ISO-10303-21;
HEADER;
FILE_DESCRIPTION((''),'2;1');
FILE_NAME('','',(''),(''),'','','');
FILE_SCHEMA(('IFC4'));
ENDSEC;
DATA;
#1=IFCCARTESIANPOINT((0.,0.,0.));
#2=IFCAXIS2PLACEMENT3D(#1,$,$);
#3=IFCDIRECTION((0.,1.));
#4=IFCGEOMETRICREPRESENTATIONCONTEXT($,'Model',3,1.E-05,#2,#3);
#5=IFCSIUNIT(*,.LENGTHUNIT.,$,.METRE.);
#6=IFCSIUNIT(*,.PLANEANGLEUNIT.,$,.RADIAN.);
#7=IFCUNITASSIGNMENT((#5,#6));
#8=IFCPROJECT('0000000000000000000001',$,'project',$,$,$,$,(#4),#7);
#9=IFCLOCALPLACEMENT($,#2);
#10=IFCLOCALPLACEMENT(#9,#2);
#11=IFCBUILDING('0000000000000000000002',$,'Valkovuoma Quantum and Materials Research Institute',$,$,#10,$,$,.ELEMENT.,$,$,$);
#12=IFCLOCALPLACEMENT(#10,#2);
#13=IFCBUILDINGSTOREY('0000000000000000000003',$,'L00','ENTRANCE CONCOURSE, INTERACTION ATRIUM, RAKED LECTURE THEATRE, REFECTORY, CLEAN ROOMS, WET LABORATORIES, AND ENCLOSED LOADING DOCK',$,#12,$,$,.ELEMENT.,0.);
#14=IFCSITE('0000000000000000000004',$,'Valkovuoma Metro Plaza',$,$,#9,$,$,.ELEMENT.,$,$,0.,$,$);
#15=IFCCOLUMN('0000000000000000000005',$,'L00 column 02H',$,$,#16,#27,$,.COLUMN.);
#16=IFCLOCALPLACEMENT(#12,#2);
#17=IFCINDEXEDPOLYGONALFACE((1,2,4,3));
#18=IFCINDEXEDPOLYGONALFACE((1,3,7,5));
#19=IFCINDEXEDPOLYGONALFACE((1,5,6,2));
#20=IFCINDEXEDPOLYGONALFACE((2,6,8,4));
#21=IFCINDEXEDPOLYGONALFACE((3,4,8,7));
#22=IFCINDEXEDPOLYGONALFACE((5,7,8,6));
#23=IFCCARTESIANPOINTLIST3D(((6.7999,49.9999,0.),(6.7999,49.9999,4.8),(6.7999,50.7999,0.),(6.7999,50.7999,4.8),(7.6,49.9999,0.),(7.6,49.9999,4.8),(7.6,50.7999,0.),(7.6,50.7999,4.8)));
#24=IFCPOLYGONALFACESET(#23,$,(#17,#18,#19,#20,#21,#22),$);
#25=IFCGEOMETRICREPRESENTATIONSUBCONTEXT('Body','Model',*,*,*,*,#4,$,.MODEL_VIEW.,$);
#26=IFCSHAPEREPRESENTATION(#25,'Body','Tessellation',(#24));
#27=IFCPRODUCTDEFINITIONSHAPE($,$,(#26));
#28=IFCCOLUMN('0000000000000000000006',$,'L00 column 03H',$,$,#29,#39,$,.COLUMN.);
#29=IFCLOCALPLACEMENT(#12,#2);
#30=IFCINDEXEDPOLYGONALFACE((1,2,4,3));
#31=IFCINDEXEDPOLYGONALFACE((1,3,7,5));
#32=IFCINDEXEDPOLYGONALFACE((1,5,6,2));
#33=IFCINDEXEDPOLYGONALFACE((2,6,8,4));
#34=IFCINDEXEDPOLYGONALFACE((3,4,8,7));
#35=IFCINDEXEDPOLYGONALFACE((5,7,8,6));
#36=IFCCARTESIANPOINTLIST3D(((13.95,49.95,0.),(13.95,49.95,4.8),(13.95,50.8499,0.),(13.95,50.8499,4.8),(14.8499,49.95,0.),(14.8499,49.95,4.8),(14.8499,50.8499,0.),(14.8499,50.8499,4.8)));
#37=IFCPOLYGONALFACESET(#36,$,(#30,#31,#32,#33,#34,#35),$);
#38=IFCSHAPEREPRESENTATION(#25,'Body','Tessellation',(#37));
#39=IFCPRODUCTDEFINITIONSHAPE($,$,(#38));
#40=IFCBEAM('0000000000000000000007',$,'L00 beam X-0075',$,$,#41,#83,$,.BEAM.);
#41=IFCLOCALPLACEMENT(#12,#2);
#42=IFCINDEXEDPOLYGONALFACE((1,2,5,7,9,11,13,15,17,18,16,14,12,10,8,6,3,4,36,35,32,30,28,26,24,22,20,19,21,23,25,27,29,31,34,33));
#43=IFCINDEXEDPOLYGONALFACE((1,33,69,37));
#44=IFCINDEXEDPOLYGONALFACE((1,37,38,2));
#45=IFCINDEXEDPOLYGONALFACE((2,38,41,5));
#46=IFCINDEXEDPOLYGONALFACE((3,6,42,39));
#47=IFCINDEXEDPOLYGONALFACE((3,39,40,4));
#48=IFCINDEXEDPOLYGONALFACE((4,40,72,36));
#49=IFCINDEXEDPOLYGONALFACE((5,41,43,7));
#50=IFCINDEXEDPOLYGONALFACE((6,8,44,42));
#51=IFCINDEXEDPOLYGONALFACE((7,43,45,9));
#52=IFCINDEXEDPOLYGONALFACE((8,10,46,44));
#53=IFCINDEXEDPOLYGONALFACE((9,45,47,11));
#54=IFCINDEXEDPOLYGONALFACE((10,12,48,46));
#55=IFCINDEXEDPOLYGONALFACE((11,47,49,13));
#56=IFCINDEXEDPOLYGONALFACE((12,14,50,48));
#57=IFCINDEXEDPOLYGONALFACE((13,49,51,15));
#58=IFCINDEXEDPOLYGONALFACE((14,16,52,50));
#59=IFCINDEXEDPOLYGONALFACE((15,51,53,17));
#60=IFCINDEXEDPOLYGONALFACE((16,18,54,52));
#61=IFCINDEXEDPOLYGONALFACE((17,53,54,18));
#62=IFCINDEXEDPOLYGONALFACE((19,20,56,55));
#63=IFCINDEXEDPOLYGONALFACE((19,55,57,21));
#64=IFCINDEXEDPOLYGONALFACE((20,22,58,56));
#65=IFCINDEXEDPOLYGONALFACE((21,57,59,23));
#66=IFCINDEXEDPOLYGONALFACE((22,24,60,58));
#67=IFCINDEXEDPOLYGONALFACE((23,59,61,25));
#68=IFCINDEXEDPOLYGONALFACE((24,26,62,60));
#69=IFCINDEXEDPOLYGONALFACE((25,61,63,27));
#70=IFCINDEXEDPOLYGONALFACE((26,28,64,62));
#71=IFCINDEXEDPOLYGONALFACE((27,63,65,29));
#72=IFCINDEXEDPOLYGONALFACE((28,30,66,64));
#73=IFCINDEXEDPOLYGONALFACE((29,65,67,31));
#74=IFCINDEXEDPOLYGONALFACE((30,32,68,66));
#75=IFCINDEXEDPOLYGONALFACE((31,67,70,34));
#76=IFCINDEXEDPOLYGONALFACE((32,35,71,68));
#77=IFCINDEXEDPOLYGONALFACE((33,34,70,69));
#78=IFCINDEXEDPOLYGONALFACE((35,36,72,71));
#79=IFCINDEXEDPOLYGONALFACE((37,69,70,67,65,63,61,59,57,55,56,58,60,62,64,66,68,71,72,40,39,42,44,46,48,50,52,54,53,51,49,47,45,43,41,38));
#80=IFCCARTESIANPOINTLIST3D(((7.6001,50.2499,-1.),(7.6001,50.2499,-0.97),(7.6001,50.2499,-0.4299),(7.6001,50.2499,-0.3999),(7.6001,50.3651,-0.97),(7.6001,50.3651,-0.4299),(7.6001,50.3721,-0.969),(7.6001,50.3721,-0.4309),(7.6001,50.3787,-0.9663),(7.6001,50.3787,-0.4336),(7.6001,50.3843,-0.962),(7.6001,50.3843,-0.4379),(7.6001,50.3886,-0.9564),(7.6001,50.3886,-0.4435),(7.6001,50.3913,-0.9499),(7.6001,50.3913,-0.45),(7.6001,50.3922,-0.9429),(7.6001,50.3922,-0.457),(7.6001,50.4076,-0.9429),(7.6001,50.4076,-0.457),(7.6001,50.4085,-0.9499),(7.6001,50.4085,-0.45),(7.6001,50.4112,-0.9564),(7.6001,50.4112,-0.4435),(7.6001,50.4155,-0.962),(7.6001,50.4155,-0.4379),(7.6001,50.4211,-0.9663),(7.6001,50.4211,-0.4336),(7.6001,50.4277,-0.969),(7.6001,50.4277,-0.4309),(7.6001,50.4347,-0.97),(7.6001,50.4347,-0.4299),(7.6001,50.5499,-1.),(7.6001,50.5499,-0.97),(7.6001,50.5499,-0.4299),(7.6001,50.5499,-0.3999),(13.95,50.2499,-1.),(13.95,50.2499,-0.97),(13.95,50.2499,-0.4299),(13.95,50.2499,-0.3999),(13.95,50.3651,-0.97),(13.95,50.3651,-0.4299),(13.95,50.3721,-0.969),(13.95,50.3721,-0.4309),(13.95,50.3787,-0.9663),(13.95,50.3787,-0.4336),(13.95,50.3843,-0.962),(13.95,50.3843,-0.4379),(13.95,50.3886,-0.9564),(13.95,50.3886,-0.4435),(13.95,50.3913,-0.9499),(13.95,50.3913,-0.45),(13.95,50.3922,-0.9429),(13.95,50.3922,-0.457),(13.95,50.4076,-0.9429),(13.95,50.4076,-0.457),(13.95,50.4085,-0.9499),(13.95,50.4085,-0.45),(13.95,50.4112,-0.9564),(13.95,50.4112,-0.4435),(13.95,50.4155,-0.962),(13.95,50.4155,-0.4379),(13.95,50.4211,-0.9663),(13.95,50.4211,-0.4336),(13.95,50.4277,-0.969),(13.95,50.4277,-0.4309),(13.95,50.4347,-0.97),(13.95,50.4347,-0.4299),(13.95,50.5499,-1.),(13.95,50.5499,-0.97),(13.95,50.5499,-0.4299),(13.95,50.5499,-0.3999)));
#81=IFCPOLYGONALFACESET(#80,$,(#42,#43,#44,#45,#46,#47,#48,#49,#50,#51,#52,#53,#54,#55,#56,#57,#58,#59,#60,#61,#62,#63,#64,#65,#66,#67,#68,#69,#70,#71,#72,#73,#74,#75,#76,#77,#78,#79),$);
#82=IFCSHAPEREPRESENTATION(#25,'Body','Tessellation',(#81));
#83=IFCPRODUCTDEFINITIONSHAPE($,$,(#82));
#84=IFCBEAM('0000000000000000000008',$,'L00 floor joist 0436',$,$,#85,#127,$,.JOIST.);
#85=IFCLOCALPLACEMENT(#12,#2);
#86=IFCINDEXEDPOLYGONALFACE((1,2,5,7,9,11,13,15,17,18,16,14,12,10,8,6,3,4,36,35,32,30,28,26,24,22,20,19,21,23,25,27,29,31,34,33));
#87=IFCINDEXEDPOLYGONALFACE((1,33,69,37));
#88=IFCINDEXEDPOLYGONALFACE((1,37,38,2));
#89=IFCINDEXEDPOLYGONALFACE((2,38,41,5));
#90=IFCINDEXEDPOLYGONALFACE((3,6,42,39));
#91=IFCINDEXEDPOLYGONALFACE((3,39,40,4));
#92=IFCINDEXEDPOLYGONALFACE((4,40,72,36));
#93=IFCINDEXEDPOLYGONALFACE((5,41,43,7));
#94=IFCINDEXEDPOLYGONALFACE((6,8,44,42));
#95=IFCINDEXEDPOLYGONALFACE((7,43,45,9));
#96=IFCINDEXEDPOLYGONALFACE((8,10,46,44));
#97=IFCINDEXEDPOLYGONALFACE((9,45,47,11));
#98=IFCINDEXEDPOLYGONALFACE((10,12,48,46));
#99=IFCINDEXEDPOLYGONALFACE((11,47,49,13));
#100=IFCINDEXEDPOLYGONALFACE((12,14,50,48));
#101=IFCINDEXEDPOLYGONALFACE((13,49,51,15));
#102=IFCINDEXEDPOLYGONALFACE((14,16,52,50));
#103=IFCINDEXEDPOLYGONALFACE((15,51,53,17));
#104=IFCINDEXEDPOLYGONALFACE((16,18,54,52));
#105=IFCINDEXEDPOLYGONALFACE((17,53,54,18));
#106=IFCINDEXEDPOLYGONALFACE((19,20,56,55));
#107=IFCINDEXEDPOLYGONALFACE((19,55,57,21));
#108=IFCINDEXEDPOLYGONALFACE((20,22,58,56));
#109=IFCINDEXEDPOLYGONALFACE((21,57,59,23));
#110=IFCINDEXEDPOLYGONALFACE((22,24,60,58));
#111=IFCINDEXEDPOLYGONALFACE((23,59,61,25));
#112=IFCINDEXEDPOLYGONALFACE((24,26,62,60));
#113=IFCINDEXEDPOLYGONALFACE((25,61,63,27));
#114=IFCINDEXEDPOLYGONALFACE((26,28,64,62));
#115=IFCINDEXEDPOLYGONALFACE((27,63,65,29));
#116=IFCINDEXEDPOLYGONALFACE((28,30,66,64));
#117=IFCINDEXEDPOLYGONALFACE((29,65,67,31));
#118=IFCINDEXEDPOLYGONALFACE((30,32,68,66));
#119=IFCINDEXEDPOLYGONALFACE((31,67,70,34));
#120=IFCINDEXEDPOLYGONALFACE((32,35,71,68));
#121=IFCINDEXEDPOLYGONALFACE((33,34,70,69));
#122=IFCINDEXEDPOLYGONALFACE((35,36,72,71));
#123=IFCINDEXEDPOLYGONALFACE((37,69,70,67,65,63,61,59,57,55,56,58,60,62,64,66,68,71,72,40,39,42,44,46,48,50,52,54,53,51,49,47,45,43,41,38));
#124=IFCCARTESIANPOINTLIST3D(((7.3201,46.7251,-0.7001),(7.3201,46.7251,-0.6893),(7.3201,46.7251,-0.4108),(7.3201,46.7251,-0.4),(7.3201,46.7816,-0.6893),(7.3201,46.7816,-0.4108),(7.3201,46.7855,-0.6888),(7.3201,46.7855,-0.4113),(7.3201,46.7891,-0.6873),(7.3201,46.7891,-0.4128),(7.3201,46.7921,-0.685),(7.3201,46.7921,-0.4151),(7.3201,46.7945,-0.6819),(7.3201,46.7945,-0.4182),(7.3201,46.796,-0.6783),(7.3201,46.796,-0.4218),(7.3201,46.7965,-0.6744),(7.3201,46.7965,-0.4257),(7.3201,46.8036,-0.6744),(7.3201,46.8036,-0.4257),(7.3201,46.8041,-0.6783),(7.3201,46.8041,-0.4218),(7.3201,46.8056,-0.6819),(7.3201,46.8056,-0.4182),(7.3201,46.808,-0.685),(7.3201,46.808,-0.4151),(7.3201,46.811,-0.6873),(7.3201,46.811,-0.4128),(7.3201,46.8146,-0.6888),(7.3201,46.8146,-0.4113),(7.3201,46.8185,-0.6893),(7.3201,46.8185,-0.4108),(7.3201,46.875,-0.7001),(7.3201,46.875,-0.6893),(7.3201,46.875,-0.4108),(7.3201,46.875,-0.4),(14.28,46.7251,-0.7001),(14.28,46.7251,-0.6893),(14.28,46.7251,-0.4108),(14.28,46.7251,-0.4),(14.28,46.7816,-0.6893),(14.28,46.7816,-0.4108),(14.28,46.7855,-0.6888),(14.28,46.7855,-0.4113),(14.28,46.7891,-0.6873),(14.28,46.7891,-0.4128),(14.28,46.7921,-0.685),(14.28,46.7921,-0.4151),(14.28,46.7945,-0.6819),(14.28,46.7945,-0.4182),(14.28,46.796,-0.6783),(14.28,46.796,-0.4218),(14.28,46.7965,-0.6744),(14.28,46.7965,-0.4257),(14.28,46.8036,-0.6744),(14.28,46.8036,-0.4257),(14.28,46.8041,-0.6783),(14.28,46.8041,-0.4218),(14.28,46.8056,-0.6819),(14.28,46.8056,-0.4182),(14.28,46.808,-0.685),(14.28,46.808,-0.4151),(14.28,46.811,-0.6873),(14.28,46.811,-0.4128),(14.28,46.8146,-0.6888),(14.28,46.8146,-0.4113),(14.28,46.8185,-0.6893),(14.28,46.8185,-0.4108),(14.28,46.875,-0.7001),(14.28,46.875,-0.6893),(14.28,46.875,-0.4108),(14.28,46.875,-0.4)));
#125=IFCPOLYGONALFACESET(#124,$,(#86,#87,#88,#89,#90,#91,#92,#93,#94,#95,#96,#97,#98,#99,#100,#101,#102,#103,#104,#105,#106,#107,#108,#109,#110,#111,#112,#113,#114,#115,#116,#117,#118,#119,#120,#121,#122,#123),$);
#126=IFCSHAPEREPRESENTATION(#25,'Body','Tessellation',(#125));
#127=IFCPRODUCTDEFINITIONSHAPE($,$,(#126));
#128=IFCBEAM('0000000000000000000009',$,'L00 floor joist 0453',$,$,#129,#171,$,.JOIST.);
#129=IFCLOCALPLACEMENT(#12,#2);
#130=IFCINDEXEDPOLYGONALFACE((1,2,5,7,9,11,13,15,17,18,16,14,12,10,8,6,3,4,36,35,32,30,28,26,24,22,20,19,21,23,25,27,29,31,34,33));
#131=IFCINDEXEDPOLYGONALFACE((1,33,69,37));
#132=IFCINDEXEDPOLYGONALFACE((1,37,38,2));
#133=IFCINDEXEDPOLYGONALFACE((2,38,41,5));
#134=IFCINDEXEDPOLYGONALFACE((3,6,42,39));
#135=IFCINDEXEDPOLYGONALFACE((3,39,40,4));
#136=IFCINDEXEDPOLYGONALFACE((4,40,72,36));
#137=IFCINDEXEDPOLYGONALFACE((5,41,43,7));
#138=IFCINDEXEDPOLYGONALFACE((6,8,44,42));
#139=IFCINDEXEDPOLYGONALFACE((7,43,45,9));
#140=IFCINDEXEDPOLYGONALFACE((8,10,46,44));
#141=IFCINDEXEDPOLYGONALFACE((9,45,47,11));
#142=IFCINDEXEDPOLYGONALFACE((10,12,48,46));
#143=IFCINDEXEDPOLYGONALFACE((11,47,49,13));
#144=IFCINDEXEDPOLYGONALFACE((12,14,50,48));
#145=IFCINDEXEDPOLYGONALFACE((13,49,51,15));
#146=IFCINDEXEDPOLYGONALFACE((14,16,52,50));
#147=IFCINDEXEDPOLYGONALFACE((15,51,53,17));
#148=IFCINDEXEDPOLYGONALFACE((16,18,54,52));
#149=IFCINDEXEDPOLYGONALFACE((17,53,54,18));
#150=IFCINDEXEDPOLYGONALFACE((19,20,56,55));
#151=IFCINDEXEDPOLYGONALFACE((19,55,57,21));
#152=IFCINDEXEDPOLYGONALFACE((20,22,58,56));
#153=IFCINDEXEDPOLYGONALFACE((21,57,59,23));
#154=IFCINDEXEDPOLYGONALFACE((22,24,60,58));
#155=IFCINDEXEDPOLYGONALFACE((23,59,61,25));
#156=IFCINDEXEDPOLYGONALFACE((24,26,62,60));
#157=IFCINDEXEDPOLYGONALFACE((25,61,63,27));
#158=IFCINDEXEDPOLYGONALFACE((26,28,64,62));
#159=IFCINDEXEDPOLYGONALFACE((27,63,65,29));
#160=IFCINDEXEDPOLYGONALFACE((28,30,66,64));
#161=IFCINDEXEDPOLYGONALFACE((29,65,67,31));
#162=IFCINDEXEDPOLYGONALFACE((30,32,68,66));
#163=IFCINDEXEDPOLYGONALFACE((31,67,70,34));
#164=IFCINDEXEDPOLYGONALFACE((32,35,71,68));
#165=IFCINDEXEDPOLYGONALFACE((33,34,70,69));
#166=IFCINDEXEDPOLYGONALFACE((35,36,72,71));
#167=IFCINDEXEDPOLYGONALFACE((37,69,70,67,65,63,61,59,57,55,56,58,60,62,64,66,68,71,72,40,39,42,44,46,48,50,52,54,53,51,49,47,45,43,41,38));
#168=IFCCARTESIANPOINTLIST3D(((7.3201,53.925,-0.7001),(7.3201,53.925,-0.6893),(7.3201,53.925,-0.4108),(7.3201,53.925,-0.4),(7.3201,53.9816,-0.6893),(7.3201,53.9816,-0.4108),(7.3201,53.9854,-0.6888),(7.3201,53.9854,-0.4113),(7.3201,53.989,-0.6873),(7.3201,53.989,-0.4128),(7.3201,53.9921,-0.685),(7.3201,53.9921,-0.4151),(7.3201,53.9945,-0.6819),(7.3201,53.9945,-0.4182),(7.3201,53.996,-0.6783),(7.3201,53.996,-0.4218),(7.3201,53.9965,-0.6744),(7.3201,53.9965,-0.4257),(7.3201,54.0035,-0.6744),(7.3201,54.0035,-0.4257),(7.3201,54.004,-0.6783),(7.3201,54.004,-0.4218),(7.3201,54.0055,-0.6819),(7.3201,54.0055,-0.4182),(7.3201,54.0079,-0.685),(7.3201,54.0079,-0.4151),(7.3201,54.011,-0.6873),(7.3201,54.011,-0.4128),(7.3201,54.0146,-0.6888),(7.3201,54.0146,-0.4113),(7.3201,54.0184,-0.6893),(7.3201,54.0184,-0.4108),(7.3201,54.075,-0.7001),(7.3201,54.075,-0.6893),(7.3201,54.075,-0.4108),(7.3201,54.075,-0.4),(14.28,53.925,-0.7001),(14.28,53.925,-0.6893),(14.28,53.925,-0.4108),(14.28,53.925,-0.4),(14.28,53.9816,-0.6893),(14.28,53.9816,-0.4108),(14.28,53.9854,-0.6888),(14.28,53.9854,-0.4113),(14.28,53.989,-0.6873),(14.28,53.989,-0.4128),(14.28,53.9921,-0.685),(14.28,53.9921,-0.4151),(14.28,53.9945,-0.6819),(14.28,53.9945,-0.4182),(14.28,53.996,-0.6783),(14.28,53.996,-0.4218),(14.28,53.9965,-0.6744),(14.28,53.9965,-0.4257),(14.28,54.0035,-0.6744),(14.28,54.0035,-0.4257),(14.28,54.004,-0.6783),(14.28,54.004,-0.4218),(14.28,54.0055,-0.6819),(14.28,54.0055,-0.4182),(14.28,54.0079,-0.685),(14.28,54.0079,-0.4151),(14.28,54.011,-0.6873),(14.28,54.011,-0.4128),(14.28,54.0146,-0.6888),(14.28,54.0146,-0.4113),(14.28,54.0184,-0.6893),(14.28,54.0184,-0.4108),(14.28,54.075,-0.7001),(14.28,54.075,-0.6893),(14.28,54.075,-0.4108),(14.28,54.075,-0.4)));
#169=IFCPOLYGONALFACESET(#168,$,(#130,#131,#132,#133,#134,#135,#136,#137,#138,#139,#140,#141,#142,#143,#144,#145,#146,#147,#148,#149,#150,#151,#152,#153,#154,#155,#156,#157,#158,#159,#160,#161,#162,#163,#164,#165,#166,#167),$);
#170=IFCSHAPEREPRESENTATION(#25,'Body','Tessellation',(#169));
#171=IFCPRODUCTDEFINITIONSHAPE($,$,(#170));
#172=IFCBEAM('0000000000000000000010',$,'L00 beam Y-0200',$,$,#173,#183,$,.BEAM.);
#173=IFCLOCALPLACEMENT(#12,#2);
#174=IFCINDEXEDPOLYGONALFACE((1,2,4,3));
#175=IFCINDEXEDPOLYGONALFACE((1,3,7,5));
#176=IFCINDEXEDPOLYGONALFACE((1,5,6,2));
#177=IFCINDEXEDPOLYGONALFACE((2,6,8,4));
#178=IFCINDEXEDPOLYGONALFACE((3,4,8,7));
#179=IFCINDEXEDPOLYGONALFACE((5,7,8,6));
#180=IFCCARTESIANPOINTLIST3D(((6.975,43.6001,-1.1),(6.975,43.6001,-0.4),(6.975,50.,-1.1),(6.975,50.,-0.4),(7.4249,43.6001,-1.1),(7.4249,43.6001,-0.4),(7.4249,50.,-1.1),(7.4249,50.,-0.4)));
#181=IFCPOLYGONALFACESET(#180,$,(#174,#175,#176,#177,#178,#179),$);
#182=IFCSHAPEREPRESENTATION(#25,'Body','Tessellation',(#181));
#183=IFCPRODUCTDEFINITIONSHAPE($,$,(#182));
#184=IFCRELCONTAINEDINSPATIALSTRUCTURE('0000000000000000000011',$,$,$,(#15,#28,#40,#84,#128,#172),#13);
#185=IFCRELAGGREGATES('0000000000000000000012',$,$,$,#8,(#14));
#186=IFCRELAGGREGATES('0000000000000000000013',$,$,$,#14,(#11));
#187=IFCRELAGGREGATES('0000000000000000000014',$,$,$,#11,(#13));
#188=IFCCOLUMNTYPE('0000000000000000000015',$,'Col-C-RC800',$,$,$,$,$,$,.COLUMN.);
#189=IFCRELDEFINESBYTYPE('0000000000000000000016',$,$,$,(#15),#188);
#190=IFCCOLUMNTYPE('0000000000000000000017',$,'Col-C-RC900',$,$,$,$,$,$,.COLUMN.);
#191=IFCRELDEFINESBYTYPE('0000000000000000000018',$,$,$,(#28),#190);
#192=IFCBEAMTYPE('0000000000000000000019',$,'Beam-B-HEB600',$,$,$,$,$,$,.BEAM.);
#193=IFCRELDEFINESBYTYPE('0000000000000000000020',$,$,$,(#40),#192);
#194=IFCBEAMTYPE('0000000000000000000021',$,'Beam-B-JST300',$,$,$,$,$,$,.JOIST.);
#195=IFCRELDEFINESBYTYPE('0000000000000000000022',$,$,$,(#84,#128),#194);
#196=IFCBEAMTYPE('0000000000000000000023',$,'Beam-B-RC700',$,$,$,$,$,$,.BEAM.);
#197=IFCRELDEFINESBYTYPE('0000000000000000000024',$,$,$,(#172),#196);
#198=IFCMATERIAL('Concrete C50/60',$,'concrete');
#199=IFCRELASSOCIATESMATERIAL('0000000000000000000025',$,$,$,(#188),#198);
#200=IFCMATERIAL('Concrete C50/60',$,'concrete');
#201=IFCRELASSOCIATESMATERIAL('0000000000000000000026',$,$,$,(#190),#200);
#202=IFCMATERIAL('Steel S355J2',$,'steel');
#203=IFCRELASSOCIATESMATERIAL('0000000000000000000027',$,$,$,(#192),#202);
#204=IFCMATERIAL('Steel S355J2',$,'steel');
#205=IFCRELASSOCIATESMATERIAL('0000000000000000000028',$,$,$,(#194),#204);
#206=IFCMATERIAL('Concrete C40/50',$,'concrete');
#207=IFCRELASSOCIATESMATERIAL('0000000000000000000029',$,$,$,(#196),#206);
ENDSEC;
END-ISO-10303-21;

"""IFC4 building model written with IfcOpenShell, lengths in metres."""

from ifc_helpers import new_model, si_unit, direction, frame, origin, origin_2d, place, context, subcontext, project, spatial, rectangle, i_section, extrude, material, material_profile, profile_set, type_object, element, save


model = new_model("IFC4")

# Units and contexts
model_context = context("Model", 3, precision=1e-05, world=origin(), true_north=direction((0.0, 1.0)))
body_context = subcontext(model_context, "Body", "Model", "MODEL_VIEW")
ifc_project = project(units=[si_unit("LENGTHUNIT", "METRE"), si_unit("PLANEANGLEUNIT", "RADIAN")], contexts=[model_context])

# Site, building, storey
site_placement = place(None, origin())
site = spatial("IfcSite", under=ifc_project, at=site_placement, Name="Valkovuoma Metro Plaza", CompositionType="ELEMENT", RefElevation=0.0)
building_placement = place(site_placement, origin())
building = spatial("IfcBuilding", under=site, at=building_placement, Name="Valkovuoma Quantum and Materials Research Institute", CompositionType="ELEMENT")
storey_placement = place(building_placement, origin())
storey = spatial("IfcBuildingStorey", under=building, at=storey_placement, Name="L00", Description="ENTRANCE CONCOURSE, INTERACTION ATRIUM, RAKED LECTURE THEATRE, REFECTORY, CLEAN ROOMS, WET LABORATORIES, AND ENCLOSED LOADING DOCK", CompositionType="ELEMENT", Elevation=0.0)

# Columns
ifc_material_1 = material(Name="Concrete C50/60", Category="concrete")
ifc_material_profile_1 = material_profile(ifc_material_1, rectangle(XDim=0.8, YDim=0.8, at=origin_2d()), Name="Concrete C50/60")
ifc_profile_set_1 = profile_set([ifc_material_profile_1], Name="Concrete C50/60")
column_type_1 = type_object("IfcColumnType", Name="Col-C-RC800", PredefinedType="COLUMN", material=ifc_profile_set_1)
column_1_placement = place(storey_placement, frame((7.2, 50.3999, 0.0), z_axis=(0.0, 0.0, 1.0), x_axis=(1.0, 0.0, 0.0)))
element("IfcColumn", 1, at=column_1_placement, inside=storey, type_object=column_type_1, Name="L00 column 02H", PredefinedType="COLUMN", context=body_context, shape_type="SweptSolid", body=[
    extrude(rectangle(XDim=0.8, YDim=0.8, at=origin_2d()), origin(), (0.0, 0.0, 1.0), 4.8),
])
ifc_material_2 = material(Name="Concrete C50/60", Category="concrete")
ifc_material_profile_2 = material_profile(ifc_material_2, rectangle(XDim=0.8999, YDim=0.8999, at=origin_2d()), Name="Concrete C50/60")
ifc_profile_set_2 = profile_set([ifc_material_profile_2], Name="Concrete C50/60")
column_type_2 = type_object("IfcColumnType", Name="Col-C-RC900", PredefinedType="COLUMN", material=ifc_profile_set_2)
column_2_placement = place(storey_placement, frame((14.3999, 50.3999, 0.0), z_axis=(0.0, 0.0, 1.0), x_axis=(1.0, 0.0, 0.0)))
element("IfcColumn", 2, at=column_2_placement, inside=storey, type_object=column_type_2, Name="L00 column 03H", PredefinedType="COLUMN", context=body_context, shape_type="SweptSolid", body=[
    extrude(rectangle(XDim=0.8999, YDim=0.8999, at=origin_2d()), origin(), (0.0, 0.0, 1.0), 4.8),
])

# Beams
ifc_material_3 = material(Name="Steel S355J2", Category="steel")
ifc_material_profile_3 = material_profile(ifc_material_3, i_section(OverallWidth=0.3, OverallDepth=0.6001, WebThickness=0.0154, FlangeThickness=0.03, FilletRadius=0.0271, at=origin_2d()), Name="Steel S355J2")
ifc_profile_set_3 = profile_set([ifc_material_profile_3], Name="Steel S355J2")
beam_type_1 = type_object("IfcBeamType", Name="Beam-B-HEB600", PredefinedType="BEAM", material=ifc_profile_set_3)
beam_1_placement = place(storey_placement, frame((7.6001, 50.3999, -0.7), z_axis=(1.0, 0.0, 0.0), x_axis=(0.0, 1.0, 0.0)))
element("IfcBeam", 3, at=beam_1_placement, inside=storey, type_object=beam_type_1, Name="L00 beam X-0075", PredefinedType="BEAM", context=body_context, shape_type="SweptSolid", body=[
    extrude(i_section(OverallWidth=0.3, OverallDepth=0.6001, WebThickness=0.0154, FlangeThickness=0.03, FilletRadius=0.0271, at=origin_2d()), origin(), (0.0, 0.0, 1.0), 6.3499),
])
ifc_material_4 = material(Name="Steel S355J2", Category="steel")
ifc_material_profile_4 = material_profile(ifc_material_4, i_section(OverallWidth=0.1499, OverallDepth=0.3, WebThickness=0.0071, FlangeThickness=0.0107, FilletRadius=0.0149, at=origin_2d()), Name="Steel S355J2")
ifc_profile_set_4 = profile_set([ifc_material_profile_4], Name="Steel S355J2")
beam_type_2 = type_object("IfcBeamType", Name="Beam-B-JST300", PredefinedType="JOIST", material=ifc_profile_set_4)
for number, where, z_axis, x_axis, name in (
    (4, (7.3201, 46.8, -0.55), (1.0, 0.0, 0.0), (0.0, 1.0, 0.0), "L00 floor joist 0436"),
    (5, (7.3201, 54.0, -0.55), (1.0, 0.0, 0.0), (0.0, 1.0, 0.0), "L00 floor joist 0453"),
):
    element("IfcBeam", number, at=place(storey_placement, frame(where, z_axis=z_axis, x_axis=x_axis)), inside=storey, type_object=beam_type_2, Name=name, PredefinedType="JOIST", context=body_context, shape_type="SweptSolid", body=[
        extrude(i_section(OverallWidth=0.1499, OverallDepth=0.3, WebThickness=0.0071, FlangeThickness=0.0107, FilletRadius=0.0149, at=origin_2d()), origin(), (0.0, 0.0, 1.0), 6.96),
    ])
ifc_material_5 = material(Name="Concrete C40/50", Category="concrete")
ifc_material_profile_5 = material_profile(ifc_material_5, rectangle(XDim=0.45, YDim=0.7, at=origin_2d()), Name="Concrete C40/50")
ifc_profile_set_5 = profile_set([ifc_material_profile_5], Name="Concrete C40/50")
beam_type_3 = type_object("IfcBeamType", Name="Beam-B-RC700", PredefinedType="BEAM", material=ifc_profile_set_5)
for number, where, z_axis, x_axis, name in (
    (6, (7.2, 43.6001, -0.75), (0.0, 1.0, 0.0), (-1.0, 0.0, 0.0), "L00 beam Y-0200"),
):
    element("IfcBeam", number, at=place(storey_placement, frame(where, z_axis=z_axis, x_axis=x_axis)), inside=storey, type_object=beam_type_3, Name=name, PredefinedType="BEAM", context=body_context, shape_type="SweptSolid", body=[
        extrude(rectangle(XDim=0.45, YDim=0.7, at=origin_2d()), origin(), (0.0, 0.0, 1.0), 6.3999),
    ])

save(model, "model.ifc")
